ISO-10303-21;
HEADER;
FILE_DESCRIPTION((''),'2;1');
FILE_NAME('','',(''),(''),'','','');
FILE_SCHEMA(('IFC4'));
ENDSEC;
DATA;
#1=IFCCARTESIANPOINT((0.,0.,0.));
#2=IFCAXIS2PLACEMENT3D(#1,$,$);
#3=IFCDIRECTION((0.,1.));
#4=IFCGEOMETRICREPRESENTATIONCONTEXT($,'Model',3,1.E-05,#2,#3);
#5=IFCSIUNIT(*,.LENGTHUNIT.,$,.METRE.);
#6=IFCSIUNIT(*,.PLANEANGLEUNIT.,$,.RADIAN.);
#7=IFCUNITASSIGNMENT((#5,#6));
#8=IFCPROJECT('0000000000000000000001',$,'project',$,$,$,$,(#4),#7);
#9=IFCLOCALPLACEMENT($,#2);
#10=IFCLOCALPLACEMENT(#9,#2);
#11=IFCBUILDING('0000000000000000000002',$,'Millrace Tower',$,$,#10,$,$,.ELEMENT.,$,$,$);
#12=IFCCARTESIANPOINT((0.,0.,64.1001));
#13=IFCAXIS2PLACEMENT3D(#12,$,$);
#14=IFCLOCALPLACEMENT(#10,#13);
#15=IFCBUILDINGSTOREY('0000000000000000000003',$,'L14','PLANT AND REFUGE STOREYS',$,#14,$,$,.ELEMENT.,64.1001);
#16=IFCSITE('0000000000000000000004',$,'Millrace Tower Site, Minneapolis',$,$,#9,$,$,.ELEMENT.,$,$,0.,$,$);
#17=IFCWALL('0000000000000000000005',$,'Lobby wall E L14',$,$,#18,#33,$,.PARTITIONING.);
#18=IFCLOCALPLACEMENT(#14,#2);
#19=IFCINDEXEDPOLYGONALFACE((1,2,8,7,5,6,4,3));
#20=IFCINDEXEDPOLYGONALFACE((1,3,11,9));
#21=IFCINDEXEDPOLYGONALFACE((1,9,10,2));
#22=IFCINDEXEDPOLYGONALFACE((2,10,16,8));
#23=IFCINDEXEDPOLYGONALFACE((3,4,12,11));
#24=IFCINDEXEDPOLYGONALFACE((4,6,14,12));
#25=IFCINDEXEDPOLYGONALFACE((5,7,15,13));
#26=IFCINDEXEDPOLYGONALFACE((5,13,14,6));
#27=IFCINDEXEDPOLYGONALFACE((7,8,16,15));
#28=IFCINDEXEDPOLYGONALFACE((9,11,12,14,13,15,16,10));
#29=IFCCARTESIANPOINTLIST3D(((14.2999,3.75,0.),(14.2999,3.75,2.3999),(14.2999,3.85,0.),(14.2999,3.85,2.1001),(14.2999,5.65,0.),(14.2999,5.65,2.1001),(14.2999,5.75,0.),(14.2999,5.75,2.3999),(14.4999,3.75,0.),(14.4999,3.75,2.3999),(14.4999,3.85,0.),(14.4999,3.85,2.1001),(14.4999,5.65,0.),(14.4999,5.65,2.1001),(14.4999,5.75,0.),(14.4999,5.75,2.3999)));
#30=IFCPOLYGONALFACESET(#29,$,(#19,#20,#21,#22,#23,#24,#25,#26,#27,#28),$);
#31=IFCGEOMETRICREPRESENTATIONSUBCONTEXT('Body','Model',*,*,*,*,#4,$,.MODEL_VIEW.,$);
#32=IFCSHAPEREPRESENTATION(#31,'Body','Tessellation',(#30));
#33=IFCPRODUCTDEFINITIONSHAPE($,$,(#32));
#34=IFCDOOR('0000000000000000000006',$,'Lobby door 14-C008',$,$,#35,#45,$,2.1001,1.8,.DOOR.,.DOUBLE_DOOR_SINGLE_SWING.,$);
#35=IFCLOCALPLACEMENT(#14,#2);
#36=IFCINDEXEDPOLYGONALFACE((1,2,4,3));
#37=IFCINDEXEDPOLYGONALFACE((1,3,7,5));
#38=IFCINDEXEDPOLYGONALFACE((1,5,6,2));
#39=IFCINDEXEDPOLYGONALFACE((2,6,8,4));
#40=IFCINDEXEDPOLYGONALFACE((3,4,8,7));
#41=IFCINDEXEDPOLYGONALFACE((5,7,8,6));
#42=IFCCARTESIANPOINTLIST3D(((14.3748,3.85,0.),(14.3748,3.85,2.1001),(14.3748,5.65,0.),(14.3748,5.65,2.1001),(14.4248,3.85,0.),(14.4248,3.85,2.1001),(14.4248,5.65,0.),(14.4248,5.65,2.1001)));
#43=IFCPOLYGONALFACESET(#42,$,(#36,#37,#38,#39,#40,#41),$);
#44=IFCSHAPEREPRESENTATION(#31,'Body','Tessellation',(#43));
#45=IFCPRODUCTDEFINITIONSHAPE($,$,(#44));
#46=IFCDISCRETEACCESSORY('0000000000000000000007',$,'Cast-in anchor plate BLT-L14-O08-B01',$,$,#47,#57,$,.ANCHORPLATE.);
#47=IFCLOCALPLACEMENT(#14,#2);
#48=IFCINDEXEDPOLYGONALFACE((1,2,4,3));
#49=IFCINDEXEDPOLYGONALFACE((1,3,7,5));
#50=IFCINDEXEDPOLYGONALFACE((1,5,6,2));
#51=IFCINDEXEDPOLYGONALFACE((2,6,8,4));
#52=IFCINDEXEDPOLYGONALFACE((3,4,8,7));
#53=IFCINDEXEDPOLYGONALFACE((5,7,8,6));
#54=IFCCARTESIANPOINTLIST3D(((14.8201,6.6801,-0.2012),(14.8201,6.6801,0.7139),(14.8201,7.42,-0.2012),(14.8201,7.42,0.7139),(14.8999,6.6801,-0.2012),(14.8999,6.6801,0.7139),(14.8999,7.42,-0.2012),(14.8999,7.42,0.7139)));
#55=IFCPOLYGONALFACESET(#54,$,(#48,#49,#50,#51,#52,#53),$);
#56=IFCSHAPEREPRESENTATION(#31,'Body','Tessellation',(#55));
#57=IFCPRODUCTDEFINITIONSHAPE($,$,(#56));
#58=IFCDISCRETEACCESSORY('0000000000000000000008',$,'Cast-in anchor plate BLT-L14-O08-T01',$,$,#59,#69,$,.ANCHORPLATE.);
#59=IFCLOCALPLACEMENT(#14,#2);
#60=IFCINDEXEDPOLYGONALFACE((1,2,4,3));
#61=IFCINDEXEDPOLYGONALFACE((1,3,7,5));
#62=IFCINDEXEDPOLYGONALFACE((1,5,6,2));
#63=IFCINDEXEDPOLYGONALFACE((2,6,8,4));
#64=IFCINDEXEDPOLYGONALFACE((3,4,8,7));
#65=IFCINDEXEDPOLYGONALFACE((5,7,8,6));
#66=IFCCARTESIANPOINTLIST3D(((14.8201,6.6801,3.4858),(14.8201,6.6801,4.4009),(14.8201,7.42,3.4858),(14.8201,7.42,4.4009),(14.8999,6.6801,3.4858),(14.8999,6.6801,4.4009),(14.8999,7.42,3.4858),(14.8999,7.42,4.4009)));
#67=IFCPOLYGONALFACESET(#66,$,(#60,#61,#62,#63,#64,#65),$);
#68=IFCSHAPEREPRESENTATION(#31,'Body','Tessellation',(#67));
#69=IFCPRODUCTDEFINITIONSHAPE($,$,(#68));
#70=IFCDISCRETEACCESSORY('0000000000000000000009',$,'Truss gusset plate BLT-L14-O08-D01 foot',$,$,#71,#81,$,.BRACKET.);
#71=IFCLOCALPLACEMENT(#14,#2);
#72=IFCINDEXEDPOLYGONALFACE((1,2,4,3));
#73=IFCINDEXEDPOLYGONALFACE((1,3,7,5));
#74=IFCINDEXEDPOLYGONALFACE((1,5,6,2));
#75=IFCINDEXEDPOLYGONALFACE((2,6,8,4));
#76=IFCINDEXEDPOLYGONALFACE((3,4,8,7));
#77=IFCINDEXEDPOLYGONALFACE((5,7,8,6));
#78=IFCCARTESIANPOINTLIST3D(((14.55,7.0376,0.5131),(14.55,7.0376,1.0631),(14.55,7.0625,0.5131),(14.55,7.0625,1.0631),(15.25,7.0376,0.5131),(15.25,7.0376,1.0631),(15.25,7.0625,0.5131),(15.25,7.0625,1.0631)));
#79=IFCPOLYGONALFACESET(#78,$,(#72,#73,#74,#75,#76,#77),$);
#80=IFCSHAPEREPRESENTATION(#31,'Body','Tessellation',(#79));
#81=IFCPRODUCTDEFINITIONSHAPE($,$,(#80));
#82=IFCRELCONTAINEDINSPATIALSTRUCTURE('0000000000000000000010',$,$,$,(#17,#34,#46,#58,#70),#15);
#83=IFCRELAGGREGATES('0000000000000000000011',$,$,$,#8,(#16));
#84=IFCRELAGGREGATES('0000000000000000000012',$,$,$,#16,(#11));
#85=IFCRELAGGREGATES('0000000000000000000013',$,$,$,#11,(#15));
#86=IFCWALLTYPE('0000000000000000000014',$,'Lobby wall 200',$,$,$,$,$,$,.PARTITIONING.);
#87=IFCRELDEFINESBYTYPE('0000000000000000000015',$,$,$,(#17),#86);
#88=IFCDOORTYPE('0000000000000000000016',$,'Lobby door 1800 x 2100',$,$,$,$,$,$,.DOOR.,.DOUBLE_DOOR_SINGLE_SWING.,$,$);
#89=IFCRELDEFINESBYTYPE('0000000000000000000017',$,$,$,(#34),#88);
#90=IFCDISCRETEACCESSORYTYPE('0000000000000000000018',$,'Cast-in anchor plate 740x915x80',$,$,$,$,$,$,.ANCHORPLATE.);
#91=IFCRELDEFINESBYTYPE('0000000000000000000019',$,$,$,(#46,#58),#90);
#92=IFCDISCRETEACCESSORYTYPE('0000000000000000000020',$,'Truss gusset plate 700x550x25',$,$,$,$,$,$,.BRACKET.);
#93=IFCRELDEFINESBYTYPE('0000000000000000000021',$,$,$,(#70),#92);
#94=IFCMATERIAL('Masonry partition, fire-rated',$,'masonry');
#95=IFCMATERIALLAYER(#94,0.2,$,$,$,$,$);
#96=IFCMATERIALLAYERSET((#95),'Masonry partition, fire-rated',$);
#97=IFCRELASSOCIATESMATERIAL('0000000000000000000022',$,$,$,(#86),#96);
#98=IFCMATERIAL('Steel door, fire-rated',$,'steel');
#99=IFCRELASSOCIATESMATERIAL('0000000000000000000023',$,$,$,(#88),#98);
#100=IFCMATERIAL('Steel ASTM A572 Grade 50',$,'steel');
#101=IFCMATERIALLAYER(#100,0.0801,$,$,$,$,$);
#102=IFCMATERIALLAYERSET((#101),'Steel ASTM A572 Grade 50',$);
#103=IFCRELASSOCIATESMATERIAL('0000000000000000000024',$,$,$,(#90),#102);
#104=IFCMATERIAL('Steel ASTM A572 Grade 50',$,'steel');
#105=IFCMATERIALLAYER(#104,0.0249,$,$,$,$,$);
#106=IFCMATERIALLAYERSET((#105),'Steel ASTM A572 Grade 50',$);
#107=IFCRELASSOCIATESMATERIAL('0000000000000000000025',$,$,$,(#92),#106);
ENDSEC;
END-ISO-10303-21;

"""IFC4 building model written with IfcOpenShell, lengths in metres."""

from ifc_helpers import new_model, si_unit, direction, frame, frame_2d, origin, origin_2d, place, context, subcontext, project, spatial, rectangle, extrude, material, layer, layer_set, type_object, element, fill, save


model = new_model("IFC4")

# Units and contexts
model_context = context("Model", 3, precision=1e-05, world=origin(), true_north=direction((0.0, 1.0)))
body_context = subcontext(model_context, "Body", "Model", "MODEL_VIEW")
ifc_project = project(units=[si_unit("LENGTHUNIT", "METRE"), si_unit("PLANEANGLEUNIT", "RADIAN")], contexts=[model_context])

# Site, building, storey
site_placement = place(None, origin())
site = spatial("IfcSite", under=ifc_project, at=site_placement, Name="Millrace Tower Site, Minneapolis", CompositionType="ELEMENT", RefElevation=0.0)
building_placement = place(site_placement, origin())
building = spatial("IfcBuilding", under=site, at=building_placement, Name="Millrace Tower", CompositionType="ELEMENT")
storey_placement = place(building_placement, frame((0.0, 0.0, 64.1001)))
storey = spatial("IfcBuildingStorey", under=building, at=storey_placement, Name="L14", Description="PLANT AND REFUGE STOREYS", CompositionType="ELEMENT", Elevation=64.1001)

# Wall, opening, door
ifc_material_1 = material(Name="Masonry partition, fire-rated", Category="masonry")
ifc_layer_1 = layer(ifc_material_1, 0.2)
ifc_layer_set_1 = layer_set([ifc_layer_1], Name="Masonry partition, fire-rated")
wall_type_1 = type_object("IfcWallType", Name="Lobby wall 200", PredefinedType="PARTITIONING", material=ifc_layer_set_1)
wall_1_placement = place(storey_placement, frame((14.3999, 5.75, 0.0), z_axis=(0.0, 0.0, 1.0), x_axis=(0.0, -1.0, 0.0)))
wall_1 = element("IfcWall", 1, at=wall_1_placement, inside=storey, type_object=wall_type_1, Name="Lobby wall E L14", PredefinedType="PARTITIONING", context=body_context, shape_type="SweptSolid", body=[
    extrude(rectangle(XDim=2.0, YDim=0.2, at=frame_2d((1.0, 0.0))), origin(), (0.0, 0.0, 1.0), 2.3999),
])
opening_1_placement = place(wall_1_placement, frame((0.1001, 0.0, 0.0)))
opening_1 = element("IfcOpeningElement", 2, at=opening_1_placement, cuts=wall_1, PredefinedType="OPENING", context=body_context, shape_type="SweptSolid", body=[
    extrude(rectangle(XDim=1.8, YDim=2.1001, at=frame_2d((0.8999, 1.05))), frame((0.0, 0.1099, 0.0), z_axis=(0.0, -1.0, 0.0), x_axis=(1.0, 0.0, 0.0)), (0.0, 0.0, 1.0), 0.22),
])
ifc_material_2 = material(Name="Steel door, fire-rated", Category="steel")
door_type_1 = type_object("IfcDoorType", Name="Lobby door 1800 x 2100", OperationType="DOUBLE_DOOR_SINGLE_SWING", PredefinedType="DOOR", material=ifc_material_2)
door_1_placement = place(opening_1_placement, origin())
door_1 = element("IfcDoor", 3, at=door_1_placement, inside=storey, type_object=door_type_1, Name="Lobby door 14-C008", OperationType="DOUBLE_DOOR_SINGLE_SWING", OverallHeight=2.1001, OverallWidth=1.8, PredefinedType="DOOR", context=body_context, shape_type="SweptSolid", body=[
    extrude(rectangle(XDim=1.8, YDim=2.1001, at=frame_2d((0.8999, 1.05))), frame((0.0, 0.0249, 0.0), z_axis=(0.0, -1.0, 0.0), x_axis=(1.0, 0.0, 0.0)), (0.0, 0.0, 1.0), 0.05),
])
fill(opening_1, door_1)

# Discrete accessories
ifc_material_3 = material(Name="Steel ASTM A572 Grade 50", Category="steel")
ifc_layer_2 = layer(ifc_material_3, 0.0801)
ifc_layer_set_2 = layer_set([ifc_layer_2], Name="Steel ASTM A572 Grade 50")
discrete_accessory_type_1 = type_object("IfcDiscreteAccessoryType", Name="Cast-in anchor plate 740x915x80", PredefinedType="ANCHORPLATE", material=ifc_layer_set_2)
for number, where, z_axis, x_axis, name in (
    (4, (14.8201, 7.05, 0.2563), (1.0, 0.0, 0.0), (0.0, 1.0, 0.0), "Cast-in anchor plate BLT-L14-O08-B01"),
    (5, (14.8201, 7.05, 3.9434), (1.0, 0.0, 0.0), (0.0, 1.0, 0.0), "Cast-in anchor plate BLT-L14-O08-T01"),
):
    element("IfcDiscreteAccessory", number, at=place(storey_placement, frame(where, z_axis=z_axis, x_axis=x_axis)), inside=storey, type_object=discrete_accessory_type_1, Name=name, PredefinedType="ANCHORPLATE", context=body_context, shape_type="SweptSolid", body=[
        extrude(rectangle(XDim=0.74, YDim=0.915, at=origin_2d()), origin(), (0.0, 0.0, 1.0), 0.0798),
    ])
ifc_material_4 = material(Name="Steel ASTM A572 Grade 50", Category="steel")
ifc_layer_3 = layer(ifc_material_4, 0.0249)
ifc_layer_set_3 = layer_set([ifc_layer_3], Name="Steel ASTM A572 Grade 50")
discrete_accessory_type_2 = type_object("IfcDiscreteAccessoryType", Name="Truss gusset plate 700x550x25", PredefinedType="BRACKET", material=ifc_layer_set_3)
discrete_accessory_placement = place(storey_placement, frame((14.55, 7.05, 0.7881), z_axis=(1.0, 0.0, 0.0), x_axis=(0.0, 1.0, 0.0)))
element("IfcDiscreteAccessory", 6, at=discrete_accessory_placement, inside=storey, type_object=discrete_accessory_type_2, Name="Truss gusset plate BLT-L14-O08-D01 foot", PredefinedType="BRACKET", context=body_context, shape_type="SweptSolid", body=[
    extrude(rectangle(XDim=0.0249, YDim=0.55, at=origin_2d()), origin(), (0.0, 0.0, 1.0), 0.7),
])

save(model, "model.ifc")
